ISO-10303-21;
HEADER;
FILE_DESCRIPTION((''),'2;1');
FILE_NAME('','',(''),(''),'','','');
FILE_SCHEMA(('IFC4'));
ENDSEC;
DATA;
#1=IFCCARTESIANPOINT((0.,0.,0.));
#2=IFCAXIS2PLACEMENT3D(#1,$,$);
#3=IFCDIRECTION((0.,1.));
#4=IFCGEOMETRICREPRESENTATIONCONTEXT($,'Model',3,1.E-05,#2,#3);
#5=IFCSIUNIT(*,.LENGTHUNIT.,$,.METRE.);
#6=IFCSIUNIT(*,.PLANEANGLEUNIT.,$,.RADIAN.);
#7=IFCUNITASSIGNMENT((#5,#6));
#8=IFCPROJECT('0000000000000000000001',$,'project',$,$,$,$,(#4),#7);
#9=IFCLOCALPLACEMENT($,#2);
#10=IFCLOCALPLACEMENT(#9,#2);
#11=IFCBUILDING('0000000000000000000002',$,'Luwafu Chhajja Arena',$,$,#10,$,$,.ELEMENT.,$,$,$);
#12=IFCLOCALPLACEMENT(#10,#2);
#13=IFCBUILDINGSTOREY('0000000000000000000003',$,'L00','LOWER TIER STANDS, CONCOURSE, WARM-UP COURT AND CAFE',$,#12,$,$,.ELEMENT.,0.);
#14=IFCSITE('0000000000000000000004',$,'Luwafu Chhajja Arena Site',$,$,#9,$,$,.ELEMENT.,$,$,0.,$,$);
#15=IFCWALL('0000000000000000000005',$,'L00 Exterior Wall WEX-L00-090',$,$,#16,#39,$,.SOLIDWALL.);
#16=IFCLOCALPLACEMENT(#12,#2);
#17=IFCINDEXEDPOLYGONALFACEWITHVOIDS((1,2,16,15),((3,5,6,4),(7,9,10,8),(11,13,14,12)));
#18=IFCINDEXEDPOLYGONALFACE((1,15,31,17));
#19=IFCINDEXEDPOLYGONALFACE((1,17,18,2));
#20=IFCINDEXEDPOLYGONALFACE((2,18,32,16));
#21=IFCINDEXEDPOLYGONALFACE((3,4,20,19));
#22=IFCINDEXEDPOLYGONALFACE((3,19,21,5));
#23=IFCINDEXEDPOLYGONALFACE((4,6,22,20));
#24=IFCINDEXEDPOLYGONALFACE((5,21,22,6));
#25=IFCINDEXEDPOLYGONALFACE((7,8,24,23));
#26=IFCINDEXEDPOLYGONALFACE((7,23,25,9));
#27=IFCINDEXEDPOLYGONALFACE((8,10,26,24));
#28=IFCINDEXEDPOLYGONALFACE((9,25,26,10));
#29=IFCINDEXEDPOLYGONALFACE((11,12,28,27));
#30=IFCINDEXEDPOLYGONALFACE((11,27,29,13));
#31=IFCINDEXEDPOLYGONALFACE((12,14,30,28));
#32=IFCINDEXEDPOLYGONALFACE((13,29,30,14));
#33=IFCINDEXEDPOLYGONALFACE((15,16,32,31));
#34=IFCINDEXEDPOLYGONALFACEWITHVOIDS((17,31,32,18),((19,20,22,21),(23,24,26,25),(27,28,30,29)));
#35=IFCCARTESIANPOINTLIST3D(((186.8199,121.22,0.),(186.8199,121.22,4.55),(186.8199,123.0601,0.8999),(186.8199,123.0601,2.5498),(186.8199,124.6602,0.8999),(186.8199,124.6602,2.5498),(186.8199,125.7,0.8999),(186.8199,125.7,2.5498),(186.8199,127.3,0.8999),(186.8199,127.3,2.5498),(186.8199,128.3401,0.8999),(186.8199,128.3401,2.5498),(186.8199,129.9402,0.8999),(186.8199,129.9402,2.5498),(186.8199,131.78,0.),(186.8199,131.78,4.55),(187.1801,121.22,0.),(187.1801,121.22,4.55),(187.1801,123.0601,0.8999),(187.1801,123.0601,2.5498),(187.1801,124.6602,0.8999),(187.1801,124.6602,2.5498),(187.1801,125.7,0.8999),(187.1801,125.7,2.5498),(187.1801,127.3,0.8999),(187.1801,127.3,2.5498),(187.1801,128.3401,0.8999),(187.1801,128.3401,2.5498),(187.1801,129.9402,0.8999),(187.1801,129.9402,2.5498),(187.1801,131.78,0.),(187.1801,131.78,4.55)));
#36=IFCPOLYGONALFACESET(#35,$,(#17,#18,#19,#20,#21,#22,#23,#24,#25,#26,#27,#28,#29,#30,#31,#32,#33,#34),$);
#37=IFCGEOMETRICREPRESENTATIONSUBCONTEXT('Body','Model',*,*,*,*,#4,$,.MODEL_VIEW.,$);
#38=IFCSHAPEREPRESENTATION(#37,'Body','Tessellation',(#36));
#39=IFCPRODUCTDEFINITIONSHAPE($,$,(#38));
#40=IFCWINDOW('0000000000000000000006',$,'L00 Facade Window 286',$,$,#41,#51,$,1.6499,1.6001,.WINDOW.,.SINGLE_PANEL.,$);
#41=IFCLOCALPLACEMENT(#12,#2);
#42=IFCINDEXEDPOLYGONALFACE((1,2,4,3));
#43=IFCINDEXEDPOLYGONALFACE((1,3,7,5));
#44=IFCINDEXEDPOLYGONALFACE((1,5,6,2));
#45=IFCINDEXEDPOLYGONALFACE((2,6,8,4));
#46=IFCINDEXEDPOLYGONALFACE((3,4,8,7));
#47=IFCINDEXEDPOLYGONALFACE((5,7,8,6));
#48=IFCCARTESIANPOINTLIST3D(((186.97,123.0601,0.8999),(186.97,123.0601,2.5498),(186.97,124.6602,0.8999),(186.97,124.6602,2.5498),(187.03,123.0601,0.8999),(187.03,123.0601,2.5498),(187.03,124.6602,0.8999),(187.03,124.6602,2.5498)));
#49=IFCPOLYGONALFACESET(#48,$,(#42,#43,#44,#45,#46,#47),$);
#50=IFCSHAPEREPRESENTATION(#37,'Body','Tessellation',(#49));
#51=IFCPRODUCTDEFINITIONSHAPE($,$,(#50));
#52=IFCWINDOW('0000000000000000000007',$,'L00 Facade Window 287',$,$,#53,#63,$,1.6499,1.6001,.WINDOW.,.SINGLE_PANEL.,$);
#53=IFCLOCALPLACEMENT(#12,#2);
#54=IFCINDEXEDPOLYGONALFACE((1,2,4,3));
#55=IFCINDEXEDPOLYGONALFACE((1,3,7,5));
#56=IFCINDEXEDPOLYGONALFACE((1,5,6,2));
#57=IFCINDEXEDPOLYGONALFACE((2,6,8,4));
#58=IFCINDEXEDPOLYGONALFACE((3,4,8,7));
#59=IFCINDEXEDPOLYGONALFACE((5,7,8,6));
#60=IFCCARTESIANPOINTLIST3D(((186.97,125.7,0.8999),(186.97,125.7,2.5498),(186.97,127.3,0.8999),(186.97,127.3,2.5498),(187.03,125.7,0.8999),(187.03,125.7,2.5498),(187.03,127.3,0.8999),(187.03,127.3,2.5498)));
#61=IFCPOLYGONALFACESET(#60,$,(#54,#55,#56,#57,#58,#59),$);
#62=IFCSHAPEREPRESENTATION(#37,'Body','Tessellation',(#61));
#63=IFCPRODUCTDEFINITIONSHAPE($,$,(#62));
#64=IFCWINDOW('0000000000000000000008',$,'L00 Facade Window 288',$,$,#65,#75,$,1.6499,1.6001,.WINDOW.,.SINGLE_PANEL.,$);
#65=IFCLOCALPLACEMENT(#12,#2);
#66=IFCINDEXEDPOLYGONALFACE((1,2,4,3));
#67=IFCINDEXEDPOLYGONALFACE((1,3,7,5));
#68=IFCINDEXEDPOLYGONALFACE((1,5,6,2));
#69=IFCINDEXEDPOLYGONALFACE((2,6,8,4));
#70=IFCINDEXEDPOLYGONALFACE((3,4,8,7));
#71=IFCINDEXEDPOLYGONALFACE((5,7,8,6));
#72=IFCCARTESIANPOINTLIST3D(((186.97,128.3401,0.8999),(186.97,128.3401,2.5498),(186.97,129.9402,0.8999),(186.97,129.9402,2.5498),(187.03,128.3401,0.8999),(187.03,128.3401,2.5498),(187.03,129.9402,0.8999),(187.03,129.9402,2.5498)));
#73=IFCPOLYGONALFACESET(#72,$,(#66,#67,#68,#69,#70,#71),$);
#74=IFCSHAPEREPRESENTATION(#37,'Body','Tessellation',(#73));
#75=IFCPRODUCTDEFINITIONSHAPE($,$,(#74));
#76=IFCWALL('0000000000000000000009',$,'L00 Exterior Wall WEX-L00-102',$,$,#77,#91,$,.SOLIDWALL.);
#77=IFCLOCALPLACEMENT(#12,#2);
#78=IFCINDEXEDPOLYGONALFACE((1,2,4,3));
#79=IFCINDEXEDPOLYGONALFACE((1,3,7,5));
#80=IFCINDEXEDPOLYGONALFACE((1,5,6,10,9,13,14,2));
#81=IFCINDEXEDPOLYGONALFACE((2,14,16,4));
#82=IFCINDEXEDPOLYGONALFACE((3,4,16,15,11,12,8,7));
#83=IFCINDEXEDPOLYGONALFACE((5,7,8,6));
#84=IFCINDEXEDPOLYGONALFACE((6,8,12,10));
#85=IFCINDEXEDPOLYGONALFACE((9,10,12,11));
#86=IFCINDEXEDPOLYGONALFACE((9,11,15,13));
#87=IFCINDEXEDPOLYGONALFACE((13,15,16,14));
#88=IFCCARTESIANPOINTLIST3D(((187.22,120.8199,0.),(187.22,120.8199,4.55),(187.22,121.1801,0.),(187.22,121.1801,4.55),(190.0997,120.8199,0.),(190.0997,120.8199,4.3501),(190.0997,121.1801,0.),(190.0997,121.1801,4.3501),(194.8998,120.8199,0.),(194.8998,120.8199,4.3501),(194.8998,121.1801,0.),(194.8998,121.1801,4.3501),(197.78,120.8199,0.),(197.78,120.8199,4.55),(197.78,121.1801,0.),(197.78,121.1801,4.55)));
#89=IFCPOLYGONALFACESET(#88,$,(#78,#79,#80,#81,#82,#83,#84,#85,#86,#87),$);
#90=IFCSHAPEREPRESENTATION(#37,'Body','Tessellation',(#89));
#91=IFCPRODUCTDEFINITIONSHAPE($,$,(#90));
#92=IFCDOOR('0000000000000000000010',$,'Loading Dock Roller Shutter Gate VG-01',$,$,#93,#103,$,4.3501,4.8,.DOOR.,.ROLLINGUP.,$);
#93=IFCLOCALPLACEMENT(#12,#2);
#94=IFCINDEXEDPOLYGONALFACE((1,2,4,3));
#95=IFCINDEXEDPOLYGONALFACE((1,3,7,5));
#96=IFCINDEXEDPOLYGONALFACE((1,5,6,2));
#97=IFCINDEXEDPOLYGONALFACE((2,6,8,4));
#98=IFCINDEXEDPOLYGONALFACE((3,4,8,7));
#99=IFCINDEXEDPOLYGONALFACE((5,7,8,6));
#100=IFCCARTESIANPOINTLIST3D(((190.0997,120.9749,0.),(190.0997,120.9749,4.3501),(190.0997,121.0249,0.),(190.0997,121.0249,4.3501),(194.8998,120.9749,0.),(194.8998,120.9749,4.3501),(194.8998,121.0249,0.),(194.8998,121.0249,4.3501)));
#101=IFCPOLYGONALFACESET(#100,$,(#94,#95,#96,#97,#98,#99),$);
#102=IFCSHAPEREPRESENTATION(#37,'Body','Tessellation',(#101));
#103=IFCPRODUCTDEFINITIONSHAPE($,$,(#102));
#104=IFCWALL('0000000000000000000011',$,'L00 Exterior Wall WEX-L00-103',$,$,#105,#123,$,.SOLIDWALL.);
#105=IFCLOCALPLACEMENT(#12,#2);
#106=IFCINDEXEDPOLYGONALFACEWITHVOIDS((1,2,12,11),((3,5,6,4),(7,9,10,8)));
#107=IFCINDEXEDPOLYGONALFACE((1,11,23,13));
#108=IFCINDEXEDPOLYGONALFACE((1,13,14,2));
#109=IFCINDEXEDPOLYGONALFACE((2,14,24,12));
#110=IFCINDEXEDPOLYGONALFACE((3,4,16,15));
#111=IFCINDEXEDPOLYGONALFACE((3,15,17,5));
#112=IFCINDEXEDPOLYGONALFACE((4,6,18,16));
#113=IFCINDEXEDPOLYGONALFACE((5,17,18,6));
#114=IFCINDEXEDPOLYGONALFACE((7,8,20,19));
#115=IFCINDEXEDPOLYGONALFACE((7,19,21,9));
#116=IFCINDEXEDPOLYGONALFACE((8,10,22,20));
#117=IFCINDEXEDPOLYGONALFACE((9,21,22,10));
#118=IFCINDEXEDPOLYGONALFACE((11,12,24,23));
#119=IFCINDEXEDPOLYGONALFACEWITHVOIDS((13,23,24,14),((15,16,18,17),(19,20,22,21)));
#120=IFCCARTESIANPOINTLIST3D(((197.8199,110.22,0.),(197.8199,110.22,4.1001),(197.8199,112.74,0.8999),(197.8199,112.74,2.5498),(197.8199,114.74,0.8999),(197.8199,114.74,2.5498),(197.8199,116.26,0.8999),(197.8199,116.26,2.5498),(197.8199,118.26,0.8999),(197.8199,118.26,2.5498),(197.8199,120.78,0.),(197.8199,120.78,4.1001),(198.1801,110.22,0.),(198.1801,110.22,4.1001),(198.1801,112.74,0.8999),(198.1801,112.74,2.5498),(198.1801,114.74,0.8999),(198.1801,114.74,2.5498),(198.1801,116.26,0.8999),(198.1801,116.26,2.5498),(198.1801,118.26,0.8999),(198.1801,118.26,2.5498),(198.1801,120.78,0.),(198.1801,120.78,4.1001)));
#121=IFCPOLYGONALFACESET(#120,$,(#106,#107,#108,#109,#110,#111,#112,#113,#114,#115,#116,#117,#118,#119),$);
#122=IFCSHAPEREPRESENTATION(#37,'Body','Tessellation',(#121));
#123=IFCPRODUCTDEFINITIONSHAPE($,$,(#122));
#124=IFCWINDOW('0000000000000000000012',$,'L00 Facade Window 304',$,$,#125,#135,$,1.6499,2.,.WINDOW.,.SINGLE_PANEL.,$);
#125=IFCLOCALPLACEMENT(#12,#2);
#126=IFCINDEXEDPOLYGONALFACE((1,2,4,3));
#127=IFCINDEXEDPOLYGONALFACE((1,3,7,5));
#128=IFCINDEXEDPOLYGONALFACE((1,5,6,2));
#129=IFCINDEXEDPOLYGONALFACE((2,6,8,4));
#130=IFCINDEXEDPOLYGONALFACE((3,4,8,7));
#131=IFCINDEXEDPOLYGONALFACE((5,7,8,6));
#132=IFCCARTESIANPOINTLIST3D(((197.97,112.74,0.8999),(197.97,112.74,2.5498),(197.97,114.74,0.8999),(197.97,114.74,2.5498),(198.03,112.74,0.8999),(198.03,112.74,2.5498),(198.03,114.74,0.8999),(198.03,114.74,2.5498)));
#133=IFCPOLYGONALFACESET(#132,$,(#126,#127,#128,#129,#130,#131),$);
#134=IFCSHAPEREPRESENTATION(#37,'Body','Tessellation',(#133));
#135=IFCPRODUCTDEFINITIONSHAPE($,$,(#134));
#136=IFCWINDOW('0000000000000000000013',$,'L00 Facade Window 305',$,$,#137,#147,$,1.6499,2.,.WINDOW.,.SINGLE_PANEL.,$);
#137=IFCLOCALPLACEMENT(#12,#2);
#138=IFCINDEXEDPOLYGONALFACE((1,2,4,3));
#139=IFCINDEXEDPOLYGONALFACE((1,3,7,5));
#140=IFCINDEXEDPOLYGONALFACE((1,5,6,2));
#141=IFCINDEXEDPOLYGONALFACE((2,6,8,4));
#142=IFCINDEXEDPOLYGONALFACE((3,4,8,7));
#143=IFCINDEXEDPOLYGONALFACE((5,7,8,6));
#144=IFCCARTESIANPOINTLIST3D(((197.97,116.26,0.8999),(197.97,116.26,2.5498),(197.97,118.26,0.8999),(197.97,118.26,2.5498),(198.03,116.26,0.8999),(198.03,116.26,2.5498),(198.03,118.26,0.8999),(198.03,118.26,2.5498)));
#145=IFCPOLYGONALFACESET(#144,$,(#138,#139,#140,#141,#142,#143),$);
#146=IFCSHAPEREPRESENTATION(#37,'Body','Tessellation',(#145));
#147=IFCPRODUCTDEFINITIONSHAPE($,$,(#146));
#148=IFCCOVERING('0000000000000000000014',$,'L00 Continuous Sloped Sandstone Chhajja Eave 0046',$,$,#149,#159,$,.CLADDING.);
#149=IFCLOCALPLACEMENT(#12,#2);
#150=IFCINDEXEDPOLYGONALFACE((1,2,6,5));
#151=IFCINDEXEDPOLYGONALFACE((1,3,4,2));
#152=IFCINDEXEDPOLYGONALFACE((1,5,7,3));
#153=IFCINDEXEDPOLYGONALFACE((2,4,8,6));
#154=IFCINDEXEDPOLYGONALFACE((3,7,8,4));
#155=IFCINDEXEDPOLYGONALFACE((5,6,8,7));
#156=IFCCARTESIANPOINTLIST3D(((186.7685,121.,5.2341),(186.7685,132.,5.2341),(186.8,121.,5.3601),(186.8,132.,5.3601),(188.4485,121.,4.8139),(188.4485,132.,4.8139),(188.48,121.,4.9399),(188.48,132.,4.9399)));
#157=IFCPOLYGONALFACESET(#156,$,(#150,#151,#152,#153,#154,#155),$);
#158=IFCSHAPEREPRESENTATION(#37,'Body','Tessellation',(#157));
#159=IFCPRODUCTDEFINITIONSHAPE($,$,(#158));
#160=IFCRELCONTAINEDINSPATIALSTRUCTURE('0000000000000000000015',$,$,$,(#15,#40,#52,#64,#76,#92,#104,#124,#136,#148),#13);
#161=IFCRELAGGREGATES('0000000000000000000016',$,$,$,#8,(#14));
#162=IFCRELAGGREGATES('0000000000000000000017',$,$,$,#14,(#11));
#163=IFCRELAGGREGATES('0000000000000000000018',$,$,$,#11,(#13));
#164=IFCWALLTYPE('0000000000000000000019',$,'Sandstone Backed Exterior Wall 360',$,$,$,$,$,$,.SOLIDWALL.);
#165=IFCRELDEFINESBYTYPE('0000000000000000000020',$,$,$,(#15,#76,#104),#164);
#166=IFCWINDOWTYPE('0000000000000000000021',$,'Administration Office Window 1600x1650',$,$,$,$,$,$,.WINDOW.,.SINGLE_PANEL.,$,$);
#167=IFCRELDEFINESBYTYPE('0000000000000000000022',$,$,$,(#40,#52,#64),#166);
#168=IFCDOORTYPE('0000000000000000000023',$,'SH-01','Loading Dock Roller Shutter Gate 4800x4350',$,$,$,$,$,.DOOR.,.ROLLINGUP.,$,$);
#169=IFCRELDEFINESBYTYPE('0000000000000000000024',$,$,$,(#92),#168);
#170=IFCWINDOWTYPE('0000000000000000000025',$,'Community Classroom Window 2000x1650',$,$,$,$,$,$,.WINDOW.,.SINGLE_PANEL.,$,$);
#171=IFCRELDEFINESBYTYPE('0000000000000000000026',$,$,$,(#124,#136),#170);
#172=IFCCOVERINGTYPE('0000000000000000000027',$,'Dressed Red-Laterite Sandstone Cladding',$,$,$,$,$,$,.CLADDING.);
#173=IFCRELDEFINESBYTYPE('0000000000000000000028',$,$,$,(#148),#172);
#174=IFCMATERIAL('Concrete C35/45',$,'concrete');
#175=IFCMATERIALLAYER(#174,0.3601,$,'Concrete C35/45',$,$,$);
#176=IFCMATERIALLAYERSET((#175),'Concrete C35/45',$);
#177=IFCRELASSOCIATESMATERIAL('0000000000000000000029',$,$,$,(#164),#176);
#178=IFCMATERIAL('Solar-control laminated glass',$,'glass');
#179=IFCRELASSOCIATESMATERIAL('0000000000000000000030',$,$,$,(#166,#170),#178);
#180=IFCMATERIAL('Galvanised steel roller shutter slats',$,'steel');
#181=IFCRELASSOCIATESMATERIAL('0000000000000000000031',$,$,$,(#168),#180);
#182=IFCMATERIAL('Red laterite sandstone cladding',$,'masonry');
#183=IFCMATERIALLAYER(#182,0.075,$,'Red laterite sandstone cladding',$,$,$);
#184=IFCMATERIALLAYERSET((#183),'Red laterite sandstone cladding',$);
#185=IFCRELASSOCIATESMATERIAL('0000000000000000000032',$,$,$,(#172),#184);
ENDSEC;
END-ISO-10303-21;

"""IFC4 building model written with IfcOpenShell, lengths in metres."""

from ifc_helpers import new_model, si_unit, direction, frame, frame_2d, origin, place, context, subcontext, project, spatial, polyline, rectangle, outline, extrude, material, layer, layer_set, type_object, element, fill, save


model = new_model("IFC4")

# Units and contexts
model_context = context("Model", 3, precision=1e-05, world=origin(), true_north=direction((0.0, 1.0)))
body_context = subcontext(model_context, "Body", "Model", "MODEL_VIEW")
ifc_project = project(units=[si_unit("LENGTHUNIT", "METRE"), si_unit("PLANEANGLEUNIT", "RADIAN")], contexts=[model_context])

# Site, building, storey
site_placement = place(None, origin())
site = spatial("IfcSite", under=ifc_project, at=site_placement, Name="Luwafu Chhajja Arena Site", CompositionType="ELEMENT", RefElevation=0.0)
building_placement = place(site_placement, origin())
building = spatial("IfcBuilding", under=site, at=building_placement, Name="Luwafu Chhajja Arena", CompositionType="ELEMENT")
storey_placement = place(building_placement, origin())
storey = spatial("IfcBuildingStorey", under=building, at=storey_placement, Name="L00", Description="LOWER TIER STANDS, CONCOURSE, WARM-UP COURT AND CAFE", CompositionType="ELEMENT", Elevation=0.0)

# Shared definitions
ifc_material_1 = material(Name="Concrete C35/45", Category="concrete")

# Wall, openings, windows
ifc_layer_1 = layer(ifc_material_1, 0.3601, Name="Concrete C35/45")
ifc_layer_set_1 = layer_set([ifc_layer_1], Name="Concrete C35/45")
wall_type_1 = type_object("IfcWallType", Name="Sandstone Backed Exterior Wall 360", PredefinedType="SOLIDWALL", material=ifc_layer_set_1)
wall_1_placement = place(storey_placement, frame((187.0, 121.22, 0.0), z_axis=(0.0, 0.0, 1.0), x_axis=(0.0, 1.0, 0.0)))
wall_1 = element("IfcWall", 1, at=wall_1_placement, inside=storey, type_object=wall_type_1, Name="L00 Exterior Wall WEX-L00-090", PredefinedType="SOLIDWALL", context=body_context, shape_type="SweptSolid", body=[
    extrude(rectangle(XDim=10.5601, YDim=0.3601, at=frame_2d((5.28, 0.0))), origin(), (0.0, 0.0, 1.0), 4.55),
])
opening_1_placement = place(wall_1_placement, frame((1.8401, 0.0, 0.8999)))
opening_1 = element("IfcOpeningElement", 2, at=opening_1_placement, cuts=wall_1, PredefinedType="OPENING", context=body_context, shape_type="SweptSolid", body=[
    extrude(rectangle(XDim=1.6001, YDim=1.6499, at=frame_2d((0.8, 0.825))), frame((0.0, 0.1899, 0.0), z_axis=(0.0, -1.0, 0.0), x_axis=(1.0, 0.0, 0.0)), (0.0, 0.0, 1.0), 0.3801),
])
opening_2_placement = place(wall_1_placement, frame((4.48, 0.0, 0.8999)))
opening_2 = element("IfcOpeningElement", 3, at=opening_2_placement, cuts=wall_1, PredefinedType="OPENING", context=body_context, shape_type="SweptSolid", body=[
    extrude(rectangle(XDim=1.6001, YDim=1.6499, at=frame_2d((0.8, 0.825))), frame((0.0, 0.1899, 0.0), z_axis=(0.0, -1.0, 0.0), x_axis=(1.0, 0.0, 0.0)), (0.0, 0.0, 1.0), 0.3801),
])
opening_3_placement = place(wall_1_placement, frame((7.1201, 0.0, 0.8999)))
opening_3 = element("IfcOpeningElement", 4, at=opening_3_placement, cuts=wall_1, PredefinedType="OPENING", context=body_context, shape_type="SweptSolid", body=[
    extrude(rectangle(XDim=1.6001, YDim=1.6499, at=frame_2d((0.8, 0.825))), frame((0.0, 0.1899, 0.0), z_axis=(0.0, -1.0, 0.0), x_axis=(1.0, 0.0, 0.0)), (0.0, 0.0, 1.0), 0.3801),
])
ifc_material_2 = material(Name="Solar-control laminated glass", Category="glass")
window_type_1 = type_object("IfcWindowType", Name="Administration Office Window 1600x1650", PartitioningType="SINGLE_PANEL", PredefinedType="WINDOW", material=ifc_material_2)
window_1_placement = place(opening_1_placement, origin())
window_1 = element("IfcWindow", 5, at=window_1_placement, inside=storey, type_object=window_type_1, Name="L00 Facade Window 286", OverallHeight=1.6499, OverallWidth=1.6001, PartitioningType="SINGLE_PANEL", PredefinedType="WINDOW", context=body_context, shape_type="SweptSolid", body=[
    extrude(rectangle(XDim=1.6001, YDim=1.6499, at=frame_2d((0.8, 0.825))), frame((0.0, 0.03, 0.0), z_axis=(0.0, -1.0, 0.0), x_axis=(1.0, 0.0, 0.0)), (0.0, 0.0, 1.0), 0.0601),
])
fill(opening_1, window_1)
window_2_placement = place(opening_2_placement, origin())
window_2 = element("IfcWindow", 6, at=window_2_placement, inside=storey, type_object=window_type_1, Name="L00 Facade Window 287", OverallHeight=1.6499, OverallWidth=1.6001, PartitioningType="SINGLE_PANEL", PredefinedType="WINDOW", context=body_context, shape_type="SweptSolid", body=[
    extrude(rectangle(XDim=1.6001, YDim=1.6499, at=frame_2d((0.8, 0.825))), frame((0.0, 0.03, 0.0), z_axis=(0.0, -1.0, 0.0), x_axis=(1.0, 0.0, 0.0)), (0.0, 0.0, 1.0), 0.0601),
])
fill(opening_2, window_2)
window_3_placement = place(opening_3_placement, origin())
window_3 = element("IfcWindow", 7, at=window_3_placement, inside=storey, type_object=window_type_1, Name="L00 Facade Window 288", OverallHeight=1.6499, OverallWidth=1.6001, PartitioningType="SINGLE_PANEL", PredefinedType="WINDOW", context=body_context, shape_type="SweptSolid", body=[
    extrude(rectangle(XDim=1.6001, YDim=1.6499, at=frame_2d((0.8, 0.825))), frame((0.0, 0.03, 0.0), z_axis=(0.0, -1.0, 0.0), x_axis=(1.0, 0.0, 0.0)), (0.0, 0.0, 1.0), 0.0601),
])
fill(opening_3, window_3)

# Wall, opening, door
wall_2_placement = place(storey_placement, frame((187.22, 121.0, 0.0), z_axis=(0.0, 0.0, 1.0), x_axis=(1.0, 0.0, 0.0)))
wall_2 = element("IfcWall", 8, at=wall_2_placement, inside=storey, type_object=wall_type_1, Name="L00 Exterior Wall WEX-L00-102", PredefinedType="SOLIDWALL", context=body_context, shape_type="SweptSolid", body=[
    extrude(rectangle(XDim=10.5601, YDim=0.3601, at=frame_2d((5.28, 0.0))), origin(), (0.0, 0.0, 1.0), 4.55),
])
opening_4_placement = place(wall_2_placement, frame((2.8799, 0.0, 0.0)))
opening_4 = element("IfcOpeningElement", 9, at=opening_4_placement, cuts=wall_2, PredefinedType="OPENING", context=body_context, shape_type="SweptSolid", body=[
    extrude(rectangle(XDim=4.8, YDim=4.3501, at=frame_2d((2.3999, 2.175))), frame((0.0, 0.1899, 0.0), z_axis=(0.0, -1.0, 0.0), x_axis=(1.0, 0.0, 0.0)), (0.0, 0.0, 1.0), 0.3801),
])
ifc_material_3 = material(Name="Galvanised steel roller shutter slats", Category="steel")
door_type_1 = type_object("IfcDoorType", Name="SH-01", Description="Loading Dock Roller Shutter Gate 4800x4350", OperationType="ROLLINGUP", PredefinedType="DOOR", material=ifc_material_3)
door_1_placement = place(opening_4_placement, origin())
door_1 = element("IfcDoor", 10, at=door_1_placement, inside=storey, type_object=door_type_1, Name="Loading Dock Roller Shutter Gate VG-01", OperationType="ROLLINGUP", OverallHeight=4.3501, OverallWidth=4.8, PredefinedType="DOOR", context=body_context, shape_type="SweptSolid", body=[
    extrude(rectangle(XDim=4.8, YDim=4.3501, at=frame_2d((2.3999, 2.175))), frame((0.0, 0.0249, 0.0), z_axis=(0.0, -1.0, 0.0), x_axis=(1.0, 0.0, 0.0)), (0.0, 0.0, 1.0), 0.05),
])
fill(opening_4, door_1)

# Wall, openings, windows
wall_3_placement = place(storey_placement, frame((198.0, 110.22, 0.0), z_axis=(0.0, 0.0, 1.0), x_axis=(0.0, 1.0, 0.0)))
wall_3 = element("IfcWall", 11, at=wall_3_placement, inside=storey, type_object=wall_type_1, Name="L00 Exterior Wall WEX-L00-103", PredefinedType="SOLIDWALL", context=body_context, shape_type="SweptSolid", body=[
    extrude(rectangle(XDim=10.5601, YDim=0.3601, at=frame_2d((5.28, 0.0))), origin(), (0.0, 0.0, 1.0), 4.1001),
])
opening_5_placement = place(wall_3_placement, frame((2.52, 0.0, 0.8999)))
opening_5 = element("IfcOpeningElement", 12, at=opening_5_placement, cuts=wall_3, PredefinedType="OPENING", context=body_context, shape_type="SweptSolid", body=[
    extrude(rectangle(XDim=2.0, YDim=1.6499, at=frame_2d((1.0, 0.825))), frame((0.0, 0.1899, 0.0), z_axis=(0.0, -1.0, 0.0), x_axis=(1.0, 0.0, 0.0)), (0.0, 0.0, 1.0), 0.3801),
])
opening_6_placement = place(wall_3_placement, frame((6.04, 0.0, 0.8999)))
opening_6 = element("IfcOpeningElement", 13, at=opening_6_placement, cuts=wall_3, PredefinedType="OPENING", context=body_context, shape_type="SweptSolid", body=[
    extrude(rectangle(XDim=2.0, YDim=1.6499, at=frame_2d((1.0, 0.825))), frame((0.0, 0.1899, 0.0), z_axis=(0.0, -1.0, 0.0), x_axis=(1.0, 0.0, 0.0)), (0.0, 0.0, 1.0), 0.3801),
])
window_type_2 = type_object("IfcWindowType", Name="Community Classroom Window 2000x1650", PartitioningType="SINGLE_PANEL", PredefinedType="WINDOW", material=ifc_material_2)
window_4_placement = place(opening_5_placement, origin())
window_4 = element("IfcWindow", 14, at=window_4_placement, inside=storey, type_object=window_type_2, Name="L00 Facade Window 304", OverallHeight=1.6499, OverallWidth=2.0, PartitioningType="SINGLE_PANEL", PredefinedType="WINDOW", context=body_context, shape_type="SweptSolid", body=[
    extrude(rectangle(XDim=2.0, YDim=1.6499, at=frame_2d((1.0, 0.825))), frame((0.0, 0.03, 0.0), z_axis=(0.0, -1.0, 0.0), x_axis=(1.0, 0.0, 0.0)), (0.0, 0.0, 1.0), 0.0601),
])
fill(opening_5, window_4)
window_5_placement = place(opening_6_placement, origin())
window_5 = element("IfcWindow", 15, at=window_5_placement, inside=storey, type_object=window_type_2, Name="L00 Facade Window 305", OverallHeight=1.6499, OverallWidth=2.0, PartitioningType="SINGLE_PANEL", PredefinedType="WINDOW", context=body_context, shape_type="SweptSolid", body=[
    extrude(rectangle(XDim=2.0, YDim=1.6499, at=frame_2d((1.0, 0.825))), frame((0.0, 0.03, 0.0), z_axis=(0.0, -1.0, 0.0), x_axis=(1.0, 0.0, 0.0)), (0.0, 0.0, 1.0), 0.0601),
])
fill(opening_6, window_5)

# Covering
ifc_material_4 = material(Name="Red laterite sandstone cladding", Category="masonry")
ifc_layer_2 = layer(ifc_material_4, 0.075, Name="Red laterite sandstone cladding")
ifc_layer_set_2 = layer_set([ifc_layer_2], Name="Red laterite sandstone cladding")
covering_type = type_object("IfcCoveringType", Name="Dressed Red-Laterite Sandstone Cladding", PredefinedType="CLADDING", material=ifc_layer_set_2)
covering_1_placement = place(storey_placement, frame((186.8, 121.0, 5.3601), z_axis=(0.242635, 0.0, 0.970118), x_axis=(0.0, 1.0, 0.0)))
element("IfcCovering", 16, at=covering_1_placement, inside=storey, type_object=covering_type, Name="L00 Continuous Sloped Sandstone Chhajja Eave 0046", PredefinedType="CLADDING", context=body_context, shape_type="SweptSolid", body=[
    extrude(outline(polyline([(0.0, 0.0), (11.0, 0.0), (11.0, -1.7317), (0.0, -1.7317), (0.0, 0.0)])), origin(), (0.0, 0.0, -1.0), 0.1299),
])

save(model, "model.ifc")
